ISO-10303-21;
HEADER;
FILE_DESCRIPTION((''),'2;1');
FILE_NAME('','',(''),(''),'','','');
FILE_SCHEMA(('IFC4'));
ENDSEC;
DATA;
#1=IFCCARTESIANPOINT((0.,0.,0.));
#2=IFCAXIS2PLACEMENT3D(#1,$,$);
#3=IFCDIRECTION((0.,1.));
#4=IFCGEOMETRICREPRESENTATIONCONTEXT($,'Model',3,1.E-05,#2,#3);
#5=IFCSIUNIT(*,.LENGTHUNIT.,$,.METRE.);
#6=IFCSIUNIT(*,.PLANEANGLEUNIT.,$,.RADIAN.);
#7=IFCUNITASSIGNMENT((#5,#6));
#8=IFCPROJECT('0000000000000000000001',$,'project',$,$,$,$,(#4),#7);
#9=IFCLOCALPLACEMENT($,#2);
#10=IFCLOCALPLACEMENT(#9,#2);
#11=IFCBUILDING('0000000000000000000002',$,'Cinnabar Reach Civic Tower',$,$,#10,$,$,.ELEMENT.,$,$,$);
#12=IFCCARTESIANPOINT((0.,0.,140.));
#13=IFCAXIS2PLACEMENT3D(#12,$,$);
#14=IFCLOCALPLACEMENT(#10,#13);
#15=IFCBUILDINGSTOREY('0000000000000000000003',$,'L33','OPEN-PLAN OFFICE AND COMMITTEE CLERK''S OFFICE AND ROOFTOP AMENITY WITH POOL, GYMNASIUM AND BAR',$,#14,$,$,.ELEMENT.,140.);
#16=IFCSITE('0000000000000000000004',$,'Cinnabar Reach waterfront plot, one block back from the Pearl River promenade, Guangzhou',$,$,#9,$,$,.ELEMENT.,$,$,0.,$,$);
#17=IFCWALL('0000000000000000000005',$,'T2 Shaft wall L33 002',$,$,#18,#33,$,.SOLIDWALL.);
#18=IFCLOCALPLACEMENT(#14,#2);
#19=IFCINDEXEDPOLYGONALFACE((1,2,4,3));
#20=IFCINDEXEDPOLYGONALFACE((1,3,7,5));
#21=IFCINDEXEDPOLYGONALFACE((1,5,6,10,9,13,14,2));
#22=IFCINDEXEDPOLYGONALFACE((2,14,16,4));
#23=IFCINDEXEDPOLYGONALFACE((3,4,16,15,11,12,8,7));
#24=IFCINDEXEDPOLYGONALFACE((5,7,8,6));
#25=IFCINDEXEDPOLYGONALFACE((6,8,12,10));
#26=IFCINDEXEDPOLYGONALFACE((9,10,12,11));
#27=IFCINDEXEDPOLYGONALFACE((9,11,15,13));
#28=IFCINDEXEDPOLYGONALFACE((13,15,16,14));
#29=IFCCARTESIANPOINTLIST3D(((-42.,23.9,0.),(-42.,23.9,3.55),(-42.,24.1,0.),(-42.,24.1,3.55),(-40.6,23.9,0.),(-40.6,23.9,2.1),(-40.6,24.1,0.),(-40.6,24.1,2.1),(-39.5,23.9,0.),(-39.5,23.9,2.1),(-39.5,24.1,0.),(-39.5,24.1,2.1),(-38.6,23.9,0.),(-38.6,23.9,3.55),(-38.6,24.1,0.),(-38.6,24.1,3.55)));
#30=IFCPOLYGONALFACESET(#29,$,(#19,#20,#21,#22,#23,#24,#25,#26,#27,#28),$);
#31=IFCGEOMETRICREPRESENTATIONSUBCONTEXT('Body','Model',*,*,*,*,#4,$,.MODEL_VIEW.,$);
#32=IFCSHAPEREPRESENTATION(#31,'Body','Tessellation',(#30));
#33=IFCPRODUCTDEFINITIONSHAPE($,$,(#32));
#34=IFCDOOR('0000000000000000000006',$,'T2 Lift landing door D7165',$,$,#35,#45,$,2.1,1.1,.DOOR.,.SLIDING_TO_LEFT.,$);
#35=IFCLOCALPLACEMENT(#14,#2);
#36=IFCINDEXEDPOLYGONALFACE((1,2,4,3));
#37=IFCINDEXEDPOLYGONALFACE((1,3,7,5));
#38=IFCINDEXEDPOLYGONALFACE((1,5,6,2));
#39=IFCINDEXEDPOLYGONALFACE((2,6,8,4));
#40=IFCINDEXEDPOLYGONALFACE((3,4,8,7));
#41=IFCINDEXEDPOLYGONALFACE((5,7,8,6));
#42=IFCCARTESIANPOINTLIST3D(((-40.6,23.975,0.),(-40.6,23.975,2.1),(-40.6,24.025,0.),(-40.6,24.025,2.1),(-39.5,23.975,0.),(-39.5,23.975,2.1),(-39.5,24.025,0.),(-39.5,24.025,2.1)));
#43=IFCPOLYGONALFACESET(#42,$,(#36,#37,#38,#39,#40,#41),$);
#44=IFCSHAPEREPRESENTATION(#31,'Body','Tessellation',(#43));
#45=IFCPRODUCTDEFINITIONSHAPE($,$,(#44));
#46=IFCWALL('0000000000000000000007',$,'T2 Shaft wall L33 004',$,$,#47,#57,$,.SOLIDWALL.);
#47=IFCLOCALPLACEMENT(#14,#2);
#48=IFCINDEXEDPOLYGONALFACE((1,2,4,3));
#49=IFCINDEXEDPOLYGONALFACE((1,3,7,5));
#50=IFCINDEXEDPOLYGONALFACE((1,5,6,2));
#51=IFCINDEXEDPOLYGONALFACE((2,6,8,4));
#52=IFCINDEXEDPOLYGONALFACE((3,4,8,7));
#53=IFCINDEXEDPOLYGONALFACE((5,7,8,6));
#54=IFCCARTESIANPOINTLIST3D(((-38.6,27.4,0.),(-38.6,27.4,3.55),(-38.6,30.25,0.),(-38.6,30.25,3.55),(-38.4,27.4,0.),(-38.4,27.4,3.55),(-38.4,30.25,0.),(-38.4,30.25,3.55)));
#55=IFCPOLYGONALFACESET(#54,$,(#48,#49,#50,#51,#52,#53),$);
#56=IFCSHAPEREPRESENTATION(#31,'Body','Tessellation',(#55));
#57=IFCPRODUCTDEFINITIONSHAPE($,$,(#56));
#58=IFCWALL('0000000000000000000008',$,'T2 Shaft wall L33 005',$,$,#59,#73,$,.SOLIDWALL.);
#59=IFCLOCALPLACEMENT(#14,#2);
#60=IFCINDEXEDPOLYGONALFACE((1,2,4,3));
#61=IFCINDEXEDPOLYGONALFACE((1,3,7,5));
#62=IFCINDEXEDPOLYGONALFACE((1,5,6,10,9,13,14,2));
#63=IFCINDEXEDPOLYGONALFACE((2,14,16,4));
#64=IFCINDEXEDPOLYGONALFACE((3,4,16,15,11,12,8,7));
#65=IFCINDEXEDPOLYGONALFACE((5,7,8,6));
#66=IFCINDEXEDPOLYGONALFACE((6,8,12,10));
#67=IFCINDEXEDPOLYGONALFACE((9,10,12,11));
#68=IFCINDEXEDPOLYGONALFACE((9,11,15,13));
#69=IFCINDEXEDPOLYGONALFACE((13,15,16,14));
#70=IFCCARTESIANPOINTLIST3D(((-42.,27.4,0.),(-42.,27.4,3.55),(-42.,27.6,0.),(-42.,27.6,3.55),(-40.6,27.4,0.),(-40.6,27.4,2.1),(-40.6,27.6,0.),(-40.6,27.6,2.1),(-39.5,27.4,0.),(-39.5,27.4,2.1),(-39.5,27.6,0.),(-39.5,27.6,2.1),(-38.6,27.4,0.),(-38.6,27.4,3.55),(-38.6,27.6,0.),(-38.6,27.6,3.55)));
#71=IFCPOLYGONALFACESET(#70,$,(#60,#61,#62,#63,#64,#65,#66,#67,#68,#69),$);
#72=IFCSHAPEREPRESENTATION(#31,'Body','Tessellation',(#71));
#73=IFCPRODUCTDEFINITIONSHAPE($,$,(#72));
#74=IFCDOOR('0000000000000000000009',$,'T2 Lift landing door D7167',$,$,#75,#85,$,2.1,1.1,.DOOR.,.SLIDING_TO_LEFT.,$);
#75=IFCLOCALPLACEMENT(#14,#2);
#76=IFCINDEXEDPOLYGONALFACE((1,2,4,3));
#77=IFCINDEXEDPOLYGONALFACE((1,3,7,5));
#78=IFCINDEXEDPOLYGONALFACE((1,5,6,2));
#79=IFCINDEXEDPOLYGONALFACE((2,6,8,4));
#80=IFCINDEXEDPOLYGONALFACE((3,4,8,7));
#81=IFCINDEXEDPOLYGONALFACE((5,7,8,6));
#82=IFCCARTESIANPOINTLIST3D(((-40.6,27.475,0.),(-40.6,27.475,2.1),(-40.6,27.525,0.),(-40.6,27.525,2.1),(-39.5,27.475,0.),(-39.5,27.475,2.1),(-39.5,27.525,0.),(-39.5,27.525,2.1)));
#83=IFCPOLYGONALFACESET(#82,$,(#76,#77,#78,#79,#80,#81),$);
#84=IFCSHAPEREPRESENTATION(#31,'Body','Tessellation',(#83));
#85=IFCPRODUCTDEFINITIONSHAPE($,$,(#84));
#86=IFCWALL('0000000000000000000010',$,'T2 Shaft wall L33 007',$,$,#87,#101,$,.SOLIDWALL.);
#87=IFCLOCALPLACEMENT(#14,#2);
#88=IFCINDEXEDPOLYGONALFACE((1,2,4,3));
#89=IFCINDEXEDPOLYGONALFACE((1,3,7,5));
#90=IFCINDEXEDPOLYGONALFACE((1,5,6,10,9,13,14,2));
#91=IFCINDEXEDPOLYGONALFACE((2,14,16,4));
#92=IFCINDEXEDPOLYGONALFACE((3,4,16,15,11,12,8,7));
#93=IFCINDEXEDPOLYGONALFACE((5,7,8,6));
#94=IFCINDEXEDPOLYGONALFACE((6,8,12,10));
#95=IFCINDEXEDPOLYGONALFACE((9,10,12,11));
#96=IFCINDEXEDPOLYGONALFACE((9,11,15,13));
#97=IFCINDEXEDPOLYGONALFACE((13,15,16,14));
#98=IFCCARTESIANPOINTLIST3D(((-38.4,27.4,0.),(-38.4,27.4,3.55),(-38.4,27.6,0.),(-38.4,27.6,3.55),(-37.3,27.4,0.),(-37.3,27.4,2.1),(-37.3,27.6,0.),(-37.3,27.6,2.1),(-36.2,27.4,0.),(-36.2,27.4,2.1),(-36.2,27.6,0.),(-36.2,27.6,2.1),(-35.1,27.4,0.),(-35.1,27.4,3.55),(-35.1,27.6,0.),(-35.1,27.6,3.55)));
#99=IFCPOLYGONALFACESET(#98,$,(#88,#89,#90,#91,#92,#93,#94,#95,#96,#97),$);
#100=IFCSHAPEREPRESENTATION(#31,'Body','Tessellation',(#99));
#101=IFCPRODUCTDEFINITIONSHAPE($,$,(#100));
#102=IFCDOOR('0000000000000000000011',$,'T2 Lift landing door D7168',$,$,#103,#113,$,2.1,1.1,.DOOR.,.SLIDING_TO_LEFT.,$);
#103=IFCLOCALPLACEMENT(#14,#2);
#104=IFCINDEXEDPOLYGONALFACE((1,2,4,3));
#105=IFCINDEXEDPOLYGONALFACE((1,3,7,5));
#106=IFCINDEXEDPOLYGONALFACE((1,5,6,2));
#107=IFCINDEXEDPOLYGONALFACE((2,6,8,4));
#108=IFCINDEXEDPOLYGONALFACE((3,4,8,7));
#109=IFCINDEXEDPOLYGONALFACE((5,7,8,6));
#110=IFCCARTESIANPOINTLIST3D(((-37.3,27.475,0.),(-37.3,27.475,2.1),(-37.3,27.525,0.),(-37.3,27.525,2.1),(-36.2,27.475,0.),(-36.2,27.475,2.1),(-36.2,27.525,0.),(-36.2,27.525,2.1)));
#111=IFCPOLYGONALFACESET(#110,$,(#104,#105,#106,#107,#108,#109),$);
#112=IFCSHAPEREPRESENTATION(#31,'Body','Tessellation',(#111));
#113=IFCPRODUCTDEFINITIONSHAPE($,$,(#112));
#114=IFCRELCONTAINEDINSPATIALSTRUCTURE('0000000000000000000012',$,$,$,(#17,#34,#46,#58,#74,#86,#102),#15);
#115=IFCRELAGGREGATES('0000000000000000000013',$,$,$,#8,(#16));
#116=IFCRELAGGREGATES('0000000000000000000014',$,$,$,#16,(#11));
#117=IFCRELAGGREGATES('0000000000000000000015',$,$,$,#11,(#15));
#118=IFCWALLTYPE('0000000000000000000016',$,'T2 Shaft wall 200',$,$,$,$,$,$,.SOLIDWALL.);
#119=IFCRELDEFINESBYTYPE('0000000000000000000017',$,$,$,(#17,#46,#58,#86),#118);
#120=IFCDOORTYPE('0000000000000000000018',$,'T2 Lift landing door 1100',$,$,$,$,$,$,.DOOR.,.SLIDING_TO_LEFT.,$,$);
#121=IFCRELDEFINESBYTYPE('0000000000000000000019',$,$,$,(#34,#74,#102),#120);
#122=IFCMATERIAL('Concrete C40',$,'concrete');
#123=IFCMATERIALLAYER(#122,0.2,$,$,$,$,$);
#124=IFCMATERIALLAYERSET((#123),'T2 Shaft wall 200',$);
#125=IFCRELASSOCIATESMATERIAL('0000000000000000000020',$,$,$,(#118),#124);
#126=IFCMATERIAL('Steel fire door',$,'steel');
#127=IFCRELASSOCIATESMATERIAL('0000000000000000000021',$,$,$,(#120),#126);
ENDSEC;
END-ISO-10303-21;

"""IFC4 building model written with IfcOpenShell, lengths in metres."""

from ifc_helpers import new_model, si_unit, direction, frame, frame_2d, origin, place, context, subcontext, project, spatial, rectangle, extrude, material, layer, layer_set, type_object, element, fill, save


model = new_model("IFC4")

# Units and contexts
model_context = context("Model", 3, precision=1e-05, world=origin(), true_north=direction((0.0, 1.0)))
body_context = subcontext(model_context, "Body", "Model", "MODEL_VIEW")
ifc_project = project(units=[si_unit("LENGTHUNIT", "METRE"), si_unit("PLANEANGLEUNIT", "RADIAN")], contexts=[model_context])

# Site, building, storey
site_placement = place(None, origin())
site = spatial("IfcSite", under=ifc_project, at=site_placement, Name="Cinnabar Reach waterfront plot, one block back from the Pearl River promenade, Guangzhou", CompositionType="ELEMENT", RefElevation=0.0)
building_placement = place(site_placement, origin())
building = spatial("IfcBuilding", under=site, at=building_placement, Name="Cinnabar Reach Civic Tower", CompositionType="ELEMENT")
storey_placement = place(building_placement, frame((0.0, 0.0, 140.0)))
storey = spatial("IfcBuildingStorey", under=building, at=storey_placement, Name="L33", Description="OPEN-PLAN OFFICE AND COMMITTEE CLERK'S OFFICE AND ROOFTOP AMENITY WITH POOL, GYMNASIUM AND BAR", CompositionType="ELEMENT", Elevation=140.0)

# Shared definitions
ifc_material_1 = material(Name="Steel fire door", Category="steel")

# Shared definitions
ifc_material_2 = material(Name="Concrete C40", Category="concrete")
ifc_layer_1 = layer(ifc_material_2, 0.2)
ifc_layer_set_1 = layer_set([ifc_layer_1], Name="T2 Shaft wall 200")
wall_type_1 = type_object("IfcWallType", Name="T2 Shaft wall 200", PredefinedType="SOLIDWALL", material=ifc_layer_set_1)

# Wall, opening, door
wall_1_placement = place(storey_placement, frame((-38.6, 24.0, 0.0), z_axis=(0.0, 0.0, 1.0), x_axis=(-1.0, 0.0, 0.0)))
wall_1 = element("IfcWall", 1, at=wall_1_placement, inside=storey, type_object=wall_type_1, Name="T2 Shaft wall L33 002", PredefinedType="SOLIDWALL", context=body_context, shape_type="SweptSolid", body=[
    extrude(rectangle(XDim=3.4, YDim=0.2, at=frame_2d((1.7, 0.0))), origin(), (0.0, 0.0, 1.0), 3.55),
])
opening_1_placement = place(wall_1_placement, frame((0.9, 0.0, 0.0)))
opening_1 = element("IfcOpeningElement", 2, at=opening_1_placement, cuts=wall_1, PredefinedType="OPENING", context=body_context, shape_type="SweptSolid", body=[
    extrude(rectangle(XDim=1.1, YDim=2.1, at=frame_2d((0.55, 1.05))), frame((0.0, 0.11, 0.0), z_axis=(0.0, -1.0, 0.0), x_axis=(1.0, 0.0, 0.0)), (0.0, 0.0, 1.0), 0.22),
])
door_type_1 = type_object("IfcDoorType", Name="T2 Lift landing door 1100", OperationType="SLIDING_TO_LEFT", PredefinedType="DOOR", material=ifc_material_1)
door_1_placement = place(opening_1_placement, origin())
door_1 = element("IfcDoor", 3, at=door_1_placement, inside=storey, type_object=door_type_1, Name="T2 Lift landing door D7165", OperationType="SLIDING_TO_LEFT", OverallHeight=2.1, OverallWidth=1.1, PredefinedType="DOOR", context=body_context, shape_type="SweptSolid", body=[
    extrude(rectangle(XDim=1.1, YDim=2.1, at=frame_2d((0.55, 1.05))), frame((0.0, 0.025, 0.0), z_axis=(0.0, -1.0, 0.0), x_axis=(1.0, 0.0, 0.0)), (0.0, 0.0, 1.0), 0.05),
])
fill(opening_1, door_1)

# Wall
wall_2_placement = place(storey_placement, frame((-38.5, 27.4, 0.0), z_axis=(0.0, 0.0, 1.0), x_axis=(0.0, 1.0, 0.0)))
element("IfcWall", 4, at=wall_2_placement, inside=storey, type_object=wall_type_1, Name="T2 Shaft wall L33 004", PredefinedType="SOLIDWALL", context=body_context, shape_type="SweptSolid", body=[
    extrude(rectangle(XDim=2.85, YDim=0.2, at=frame_2d((1.425, 0.0))), origin(), (0.0, 0.0, 1.0), 3.55),
])

# Walls, openings, doors
wall_3_placement = place(storey_placement, frame((-42.0, 27.5, 0.0), z_axis=(0.0, 0.0, 1.0), x_axis=(1.0, 0.0, 0.0)))
wall_3 = element("IfcWall", 5, at=wall_3_placement, inside=storey, type_object=wall_type_1, Name="T2 Shaft wall L33 005", PredefinedType="SOLIDWALL", context=body_context, shape_type="SweptSolid", body=[
    extrude(rectangle(XDim=3.4, YDim=0.2, at=frame_2d((1.7, 0.0))), origin(), (0.0, 0.0, 1.0), 3.55),
])
opening_2_placement = place(wall_3_placement, frame((1.4, 0.0, 0.0)))
opening_2 = element("IfcOpeningElement", 6, at=opening_2_placement, cuts=wall_3, PredefinedType="OPENING", context=body_context, shape_type="SweptSolid", body=[
    extrude(rectangle(XDim=1.1, YDim=2.1, at=frame_2d((0.55, 1.05))), frame((0.0, 0.11, 0.0), z_axis=(0.0, -1.0, 0.0), x_axis=(1.0, 0.0, 0.0)), (0.0, 0.0, 1.0), 0.22),
])
door_2_placement = place(opening_2_placement, origin())
door_2 = element("IfcDoor", 7, at=door_2_placement, inside=storey, type_object=door_type_1, Name="T2 Lift landing door D7167", OperationType="SLIDING_TO_LEFT", OverallHeight=2.1, OverallWidth=1.1, PredefinedType="DOOR", context=body_context, shape_type="SweptSolid", body=[
    extrude(rectangle(XDim=1.1, YDim=2.1, at=frame_2d((0.55, 1.05))), frame((0.0, 0.025, 0.0), z_axis=(0.0, -1.0, 0.0), x_axis=(1.0, 0.0, 0.0)), (0.0, 0.0, 1.0), 0.05),
])
fill(opening_2, door_2)
wall_4_placement = place(storey_placement, frame((-38.4, 27.5, 0.0), z_axis=(0.0, 0.0, 1.0), x_axis=(1.0, 0.0, 0.0)))
wall_4 = element("IfcWall", 8, at=wall_4_placement, inside=storey, type_object=wall_type_1, Name="T2 Shaft wall L33 007", PredefinedType="SOLIDWALL", context=body_context, shape_type="SweptSolid", body=[
    extrude(rectangle(XDim=3.3, YDim=0.2, at=frame_2d((1.65, 0.0))), origin(), (0.0, 0.0, 1.0), 3.55),
])
opening_3_placement = place(wall_4_placement, frame((1.1, 0.0, 0.0)))
opening_3 = element("IfcOpeningElement", 9, at=opening_3_placement, cuts=wall_4, PredefinedType="OPENING", context=body_context, shape_type="SweptSolid", body=[
    extrude(rectangle(XDim=1.1, YDim=2.1, at=frame_2d((0.55, 1.05))), frame((0.0, 0.11, 0.0), z_axis=(0.0, -1.0, 0.0), x_axis=(1.0, 0.0, 0.0)), (0.0, 0.0, 1.0), 0.22),
])
door_3_placement = place(opening_3_placement, origin())
door_3 = element("IfcDoor", 10, at=door_3_placement, inside=storey, type_object=door_type_1, Name="T2 Lift landing door D7168", OperationType="SLIDING_TO_LEFT", OverallHeight=2.1, OverallWidth=1.1, PredefinedType="DOOR", context=body_context, shape_type="SweptSolid", body=[
    extrude(rectangle(XDim=1.1, YDim=2.1, at=frame_2d((0.55, 1.05))), frame((0.0, 0.025, 0.0), z_axis=(0.0, -1.0, 0.0), x_axis=(1.0, 0.0, 0.0)), (0.0, 0.0, 1.0), 0.05),
])
fill(opening_3, door_3)

save(model, "model.ifc")
